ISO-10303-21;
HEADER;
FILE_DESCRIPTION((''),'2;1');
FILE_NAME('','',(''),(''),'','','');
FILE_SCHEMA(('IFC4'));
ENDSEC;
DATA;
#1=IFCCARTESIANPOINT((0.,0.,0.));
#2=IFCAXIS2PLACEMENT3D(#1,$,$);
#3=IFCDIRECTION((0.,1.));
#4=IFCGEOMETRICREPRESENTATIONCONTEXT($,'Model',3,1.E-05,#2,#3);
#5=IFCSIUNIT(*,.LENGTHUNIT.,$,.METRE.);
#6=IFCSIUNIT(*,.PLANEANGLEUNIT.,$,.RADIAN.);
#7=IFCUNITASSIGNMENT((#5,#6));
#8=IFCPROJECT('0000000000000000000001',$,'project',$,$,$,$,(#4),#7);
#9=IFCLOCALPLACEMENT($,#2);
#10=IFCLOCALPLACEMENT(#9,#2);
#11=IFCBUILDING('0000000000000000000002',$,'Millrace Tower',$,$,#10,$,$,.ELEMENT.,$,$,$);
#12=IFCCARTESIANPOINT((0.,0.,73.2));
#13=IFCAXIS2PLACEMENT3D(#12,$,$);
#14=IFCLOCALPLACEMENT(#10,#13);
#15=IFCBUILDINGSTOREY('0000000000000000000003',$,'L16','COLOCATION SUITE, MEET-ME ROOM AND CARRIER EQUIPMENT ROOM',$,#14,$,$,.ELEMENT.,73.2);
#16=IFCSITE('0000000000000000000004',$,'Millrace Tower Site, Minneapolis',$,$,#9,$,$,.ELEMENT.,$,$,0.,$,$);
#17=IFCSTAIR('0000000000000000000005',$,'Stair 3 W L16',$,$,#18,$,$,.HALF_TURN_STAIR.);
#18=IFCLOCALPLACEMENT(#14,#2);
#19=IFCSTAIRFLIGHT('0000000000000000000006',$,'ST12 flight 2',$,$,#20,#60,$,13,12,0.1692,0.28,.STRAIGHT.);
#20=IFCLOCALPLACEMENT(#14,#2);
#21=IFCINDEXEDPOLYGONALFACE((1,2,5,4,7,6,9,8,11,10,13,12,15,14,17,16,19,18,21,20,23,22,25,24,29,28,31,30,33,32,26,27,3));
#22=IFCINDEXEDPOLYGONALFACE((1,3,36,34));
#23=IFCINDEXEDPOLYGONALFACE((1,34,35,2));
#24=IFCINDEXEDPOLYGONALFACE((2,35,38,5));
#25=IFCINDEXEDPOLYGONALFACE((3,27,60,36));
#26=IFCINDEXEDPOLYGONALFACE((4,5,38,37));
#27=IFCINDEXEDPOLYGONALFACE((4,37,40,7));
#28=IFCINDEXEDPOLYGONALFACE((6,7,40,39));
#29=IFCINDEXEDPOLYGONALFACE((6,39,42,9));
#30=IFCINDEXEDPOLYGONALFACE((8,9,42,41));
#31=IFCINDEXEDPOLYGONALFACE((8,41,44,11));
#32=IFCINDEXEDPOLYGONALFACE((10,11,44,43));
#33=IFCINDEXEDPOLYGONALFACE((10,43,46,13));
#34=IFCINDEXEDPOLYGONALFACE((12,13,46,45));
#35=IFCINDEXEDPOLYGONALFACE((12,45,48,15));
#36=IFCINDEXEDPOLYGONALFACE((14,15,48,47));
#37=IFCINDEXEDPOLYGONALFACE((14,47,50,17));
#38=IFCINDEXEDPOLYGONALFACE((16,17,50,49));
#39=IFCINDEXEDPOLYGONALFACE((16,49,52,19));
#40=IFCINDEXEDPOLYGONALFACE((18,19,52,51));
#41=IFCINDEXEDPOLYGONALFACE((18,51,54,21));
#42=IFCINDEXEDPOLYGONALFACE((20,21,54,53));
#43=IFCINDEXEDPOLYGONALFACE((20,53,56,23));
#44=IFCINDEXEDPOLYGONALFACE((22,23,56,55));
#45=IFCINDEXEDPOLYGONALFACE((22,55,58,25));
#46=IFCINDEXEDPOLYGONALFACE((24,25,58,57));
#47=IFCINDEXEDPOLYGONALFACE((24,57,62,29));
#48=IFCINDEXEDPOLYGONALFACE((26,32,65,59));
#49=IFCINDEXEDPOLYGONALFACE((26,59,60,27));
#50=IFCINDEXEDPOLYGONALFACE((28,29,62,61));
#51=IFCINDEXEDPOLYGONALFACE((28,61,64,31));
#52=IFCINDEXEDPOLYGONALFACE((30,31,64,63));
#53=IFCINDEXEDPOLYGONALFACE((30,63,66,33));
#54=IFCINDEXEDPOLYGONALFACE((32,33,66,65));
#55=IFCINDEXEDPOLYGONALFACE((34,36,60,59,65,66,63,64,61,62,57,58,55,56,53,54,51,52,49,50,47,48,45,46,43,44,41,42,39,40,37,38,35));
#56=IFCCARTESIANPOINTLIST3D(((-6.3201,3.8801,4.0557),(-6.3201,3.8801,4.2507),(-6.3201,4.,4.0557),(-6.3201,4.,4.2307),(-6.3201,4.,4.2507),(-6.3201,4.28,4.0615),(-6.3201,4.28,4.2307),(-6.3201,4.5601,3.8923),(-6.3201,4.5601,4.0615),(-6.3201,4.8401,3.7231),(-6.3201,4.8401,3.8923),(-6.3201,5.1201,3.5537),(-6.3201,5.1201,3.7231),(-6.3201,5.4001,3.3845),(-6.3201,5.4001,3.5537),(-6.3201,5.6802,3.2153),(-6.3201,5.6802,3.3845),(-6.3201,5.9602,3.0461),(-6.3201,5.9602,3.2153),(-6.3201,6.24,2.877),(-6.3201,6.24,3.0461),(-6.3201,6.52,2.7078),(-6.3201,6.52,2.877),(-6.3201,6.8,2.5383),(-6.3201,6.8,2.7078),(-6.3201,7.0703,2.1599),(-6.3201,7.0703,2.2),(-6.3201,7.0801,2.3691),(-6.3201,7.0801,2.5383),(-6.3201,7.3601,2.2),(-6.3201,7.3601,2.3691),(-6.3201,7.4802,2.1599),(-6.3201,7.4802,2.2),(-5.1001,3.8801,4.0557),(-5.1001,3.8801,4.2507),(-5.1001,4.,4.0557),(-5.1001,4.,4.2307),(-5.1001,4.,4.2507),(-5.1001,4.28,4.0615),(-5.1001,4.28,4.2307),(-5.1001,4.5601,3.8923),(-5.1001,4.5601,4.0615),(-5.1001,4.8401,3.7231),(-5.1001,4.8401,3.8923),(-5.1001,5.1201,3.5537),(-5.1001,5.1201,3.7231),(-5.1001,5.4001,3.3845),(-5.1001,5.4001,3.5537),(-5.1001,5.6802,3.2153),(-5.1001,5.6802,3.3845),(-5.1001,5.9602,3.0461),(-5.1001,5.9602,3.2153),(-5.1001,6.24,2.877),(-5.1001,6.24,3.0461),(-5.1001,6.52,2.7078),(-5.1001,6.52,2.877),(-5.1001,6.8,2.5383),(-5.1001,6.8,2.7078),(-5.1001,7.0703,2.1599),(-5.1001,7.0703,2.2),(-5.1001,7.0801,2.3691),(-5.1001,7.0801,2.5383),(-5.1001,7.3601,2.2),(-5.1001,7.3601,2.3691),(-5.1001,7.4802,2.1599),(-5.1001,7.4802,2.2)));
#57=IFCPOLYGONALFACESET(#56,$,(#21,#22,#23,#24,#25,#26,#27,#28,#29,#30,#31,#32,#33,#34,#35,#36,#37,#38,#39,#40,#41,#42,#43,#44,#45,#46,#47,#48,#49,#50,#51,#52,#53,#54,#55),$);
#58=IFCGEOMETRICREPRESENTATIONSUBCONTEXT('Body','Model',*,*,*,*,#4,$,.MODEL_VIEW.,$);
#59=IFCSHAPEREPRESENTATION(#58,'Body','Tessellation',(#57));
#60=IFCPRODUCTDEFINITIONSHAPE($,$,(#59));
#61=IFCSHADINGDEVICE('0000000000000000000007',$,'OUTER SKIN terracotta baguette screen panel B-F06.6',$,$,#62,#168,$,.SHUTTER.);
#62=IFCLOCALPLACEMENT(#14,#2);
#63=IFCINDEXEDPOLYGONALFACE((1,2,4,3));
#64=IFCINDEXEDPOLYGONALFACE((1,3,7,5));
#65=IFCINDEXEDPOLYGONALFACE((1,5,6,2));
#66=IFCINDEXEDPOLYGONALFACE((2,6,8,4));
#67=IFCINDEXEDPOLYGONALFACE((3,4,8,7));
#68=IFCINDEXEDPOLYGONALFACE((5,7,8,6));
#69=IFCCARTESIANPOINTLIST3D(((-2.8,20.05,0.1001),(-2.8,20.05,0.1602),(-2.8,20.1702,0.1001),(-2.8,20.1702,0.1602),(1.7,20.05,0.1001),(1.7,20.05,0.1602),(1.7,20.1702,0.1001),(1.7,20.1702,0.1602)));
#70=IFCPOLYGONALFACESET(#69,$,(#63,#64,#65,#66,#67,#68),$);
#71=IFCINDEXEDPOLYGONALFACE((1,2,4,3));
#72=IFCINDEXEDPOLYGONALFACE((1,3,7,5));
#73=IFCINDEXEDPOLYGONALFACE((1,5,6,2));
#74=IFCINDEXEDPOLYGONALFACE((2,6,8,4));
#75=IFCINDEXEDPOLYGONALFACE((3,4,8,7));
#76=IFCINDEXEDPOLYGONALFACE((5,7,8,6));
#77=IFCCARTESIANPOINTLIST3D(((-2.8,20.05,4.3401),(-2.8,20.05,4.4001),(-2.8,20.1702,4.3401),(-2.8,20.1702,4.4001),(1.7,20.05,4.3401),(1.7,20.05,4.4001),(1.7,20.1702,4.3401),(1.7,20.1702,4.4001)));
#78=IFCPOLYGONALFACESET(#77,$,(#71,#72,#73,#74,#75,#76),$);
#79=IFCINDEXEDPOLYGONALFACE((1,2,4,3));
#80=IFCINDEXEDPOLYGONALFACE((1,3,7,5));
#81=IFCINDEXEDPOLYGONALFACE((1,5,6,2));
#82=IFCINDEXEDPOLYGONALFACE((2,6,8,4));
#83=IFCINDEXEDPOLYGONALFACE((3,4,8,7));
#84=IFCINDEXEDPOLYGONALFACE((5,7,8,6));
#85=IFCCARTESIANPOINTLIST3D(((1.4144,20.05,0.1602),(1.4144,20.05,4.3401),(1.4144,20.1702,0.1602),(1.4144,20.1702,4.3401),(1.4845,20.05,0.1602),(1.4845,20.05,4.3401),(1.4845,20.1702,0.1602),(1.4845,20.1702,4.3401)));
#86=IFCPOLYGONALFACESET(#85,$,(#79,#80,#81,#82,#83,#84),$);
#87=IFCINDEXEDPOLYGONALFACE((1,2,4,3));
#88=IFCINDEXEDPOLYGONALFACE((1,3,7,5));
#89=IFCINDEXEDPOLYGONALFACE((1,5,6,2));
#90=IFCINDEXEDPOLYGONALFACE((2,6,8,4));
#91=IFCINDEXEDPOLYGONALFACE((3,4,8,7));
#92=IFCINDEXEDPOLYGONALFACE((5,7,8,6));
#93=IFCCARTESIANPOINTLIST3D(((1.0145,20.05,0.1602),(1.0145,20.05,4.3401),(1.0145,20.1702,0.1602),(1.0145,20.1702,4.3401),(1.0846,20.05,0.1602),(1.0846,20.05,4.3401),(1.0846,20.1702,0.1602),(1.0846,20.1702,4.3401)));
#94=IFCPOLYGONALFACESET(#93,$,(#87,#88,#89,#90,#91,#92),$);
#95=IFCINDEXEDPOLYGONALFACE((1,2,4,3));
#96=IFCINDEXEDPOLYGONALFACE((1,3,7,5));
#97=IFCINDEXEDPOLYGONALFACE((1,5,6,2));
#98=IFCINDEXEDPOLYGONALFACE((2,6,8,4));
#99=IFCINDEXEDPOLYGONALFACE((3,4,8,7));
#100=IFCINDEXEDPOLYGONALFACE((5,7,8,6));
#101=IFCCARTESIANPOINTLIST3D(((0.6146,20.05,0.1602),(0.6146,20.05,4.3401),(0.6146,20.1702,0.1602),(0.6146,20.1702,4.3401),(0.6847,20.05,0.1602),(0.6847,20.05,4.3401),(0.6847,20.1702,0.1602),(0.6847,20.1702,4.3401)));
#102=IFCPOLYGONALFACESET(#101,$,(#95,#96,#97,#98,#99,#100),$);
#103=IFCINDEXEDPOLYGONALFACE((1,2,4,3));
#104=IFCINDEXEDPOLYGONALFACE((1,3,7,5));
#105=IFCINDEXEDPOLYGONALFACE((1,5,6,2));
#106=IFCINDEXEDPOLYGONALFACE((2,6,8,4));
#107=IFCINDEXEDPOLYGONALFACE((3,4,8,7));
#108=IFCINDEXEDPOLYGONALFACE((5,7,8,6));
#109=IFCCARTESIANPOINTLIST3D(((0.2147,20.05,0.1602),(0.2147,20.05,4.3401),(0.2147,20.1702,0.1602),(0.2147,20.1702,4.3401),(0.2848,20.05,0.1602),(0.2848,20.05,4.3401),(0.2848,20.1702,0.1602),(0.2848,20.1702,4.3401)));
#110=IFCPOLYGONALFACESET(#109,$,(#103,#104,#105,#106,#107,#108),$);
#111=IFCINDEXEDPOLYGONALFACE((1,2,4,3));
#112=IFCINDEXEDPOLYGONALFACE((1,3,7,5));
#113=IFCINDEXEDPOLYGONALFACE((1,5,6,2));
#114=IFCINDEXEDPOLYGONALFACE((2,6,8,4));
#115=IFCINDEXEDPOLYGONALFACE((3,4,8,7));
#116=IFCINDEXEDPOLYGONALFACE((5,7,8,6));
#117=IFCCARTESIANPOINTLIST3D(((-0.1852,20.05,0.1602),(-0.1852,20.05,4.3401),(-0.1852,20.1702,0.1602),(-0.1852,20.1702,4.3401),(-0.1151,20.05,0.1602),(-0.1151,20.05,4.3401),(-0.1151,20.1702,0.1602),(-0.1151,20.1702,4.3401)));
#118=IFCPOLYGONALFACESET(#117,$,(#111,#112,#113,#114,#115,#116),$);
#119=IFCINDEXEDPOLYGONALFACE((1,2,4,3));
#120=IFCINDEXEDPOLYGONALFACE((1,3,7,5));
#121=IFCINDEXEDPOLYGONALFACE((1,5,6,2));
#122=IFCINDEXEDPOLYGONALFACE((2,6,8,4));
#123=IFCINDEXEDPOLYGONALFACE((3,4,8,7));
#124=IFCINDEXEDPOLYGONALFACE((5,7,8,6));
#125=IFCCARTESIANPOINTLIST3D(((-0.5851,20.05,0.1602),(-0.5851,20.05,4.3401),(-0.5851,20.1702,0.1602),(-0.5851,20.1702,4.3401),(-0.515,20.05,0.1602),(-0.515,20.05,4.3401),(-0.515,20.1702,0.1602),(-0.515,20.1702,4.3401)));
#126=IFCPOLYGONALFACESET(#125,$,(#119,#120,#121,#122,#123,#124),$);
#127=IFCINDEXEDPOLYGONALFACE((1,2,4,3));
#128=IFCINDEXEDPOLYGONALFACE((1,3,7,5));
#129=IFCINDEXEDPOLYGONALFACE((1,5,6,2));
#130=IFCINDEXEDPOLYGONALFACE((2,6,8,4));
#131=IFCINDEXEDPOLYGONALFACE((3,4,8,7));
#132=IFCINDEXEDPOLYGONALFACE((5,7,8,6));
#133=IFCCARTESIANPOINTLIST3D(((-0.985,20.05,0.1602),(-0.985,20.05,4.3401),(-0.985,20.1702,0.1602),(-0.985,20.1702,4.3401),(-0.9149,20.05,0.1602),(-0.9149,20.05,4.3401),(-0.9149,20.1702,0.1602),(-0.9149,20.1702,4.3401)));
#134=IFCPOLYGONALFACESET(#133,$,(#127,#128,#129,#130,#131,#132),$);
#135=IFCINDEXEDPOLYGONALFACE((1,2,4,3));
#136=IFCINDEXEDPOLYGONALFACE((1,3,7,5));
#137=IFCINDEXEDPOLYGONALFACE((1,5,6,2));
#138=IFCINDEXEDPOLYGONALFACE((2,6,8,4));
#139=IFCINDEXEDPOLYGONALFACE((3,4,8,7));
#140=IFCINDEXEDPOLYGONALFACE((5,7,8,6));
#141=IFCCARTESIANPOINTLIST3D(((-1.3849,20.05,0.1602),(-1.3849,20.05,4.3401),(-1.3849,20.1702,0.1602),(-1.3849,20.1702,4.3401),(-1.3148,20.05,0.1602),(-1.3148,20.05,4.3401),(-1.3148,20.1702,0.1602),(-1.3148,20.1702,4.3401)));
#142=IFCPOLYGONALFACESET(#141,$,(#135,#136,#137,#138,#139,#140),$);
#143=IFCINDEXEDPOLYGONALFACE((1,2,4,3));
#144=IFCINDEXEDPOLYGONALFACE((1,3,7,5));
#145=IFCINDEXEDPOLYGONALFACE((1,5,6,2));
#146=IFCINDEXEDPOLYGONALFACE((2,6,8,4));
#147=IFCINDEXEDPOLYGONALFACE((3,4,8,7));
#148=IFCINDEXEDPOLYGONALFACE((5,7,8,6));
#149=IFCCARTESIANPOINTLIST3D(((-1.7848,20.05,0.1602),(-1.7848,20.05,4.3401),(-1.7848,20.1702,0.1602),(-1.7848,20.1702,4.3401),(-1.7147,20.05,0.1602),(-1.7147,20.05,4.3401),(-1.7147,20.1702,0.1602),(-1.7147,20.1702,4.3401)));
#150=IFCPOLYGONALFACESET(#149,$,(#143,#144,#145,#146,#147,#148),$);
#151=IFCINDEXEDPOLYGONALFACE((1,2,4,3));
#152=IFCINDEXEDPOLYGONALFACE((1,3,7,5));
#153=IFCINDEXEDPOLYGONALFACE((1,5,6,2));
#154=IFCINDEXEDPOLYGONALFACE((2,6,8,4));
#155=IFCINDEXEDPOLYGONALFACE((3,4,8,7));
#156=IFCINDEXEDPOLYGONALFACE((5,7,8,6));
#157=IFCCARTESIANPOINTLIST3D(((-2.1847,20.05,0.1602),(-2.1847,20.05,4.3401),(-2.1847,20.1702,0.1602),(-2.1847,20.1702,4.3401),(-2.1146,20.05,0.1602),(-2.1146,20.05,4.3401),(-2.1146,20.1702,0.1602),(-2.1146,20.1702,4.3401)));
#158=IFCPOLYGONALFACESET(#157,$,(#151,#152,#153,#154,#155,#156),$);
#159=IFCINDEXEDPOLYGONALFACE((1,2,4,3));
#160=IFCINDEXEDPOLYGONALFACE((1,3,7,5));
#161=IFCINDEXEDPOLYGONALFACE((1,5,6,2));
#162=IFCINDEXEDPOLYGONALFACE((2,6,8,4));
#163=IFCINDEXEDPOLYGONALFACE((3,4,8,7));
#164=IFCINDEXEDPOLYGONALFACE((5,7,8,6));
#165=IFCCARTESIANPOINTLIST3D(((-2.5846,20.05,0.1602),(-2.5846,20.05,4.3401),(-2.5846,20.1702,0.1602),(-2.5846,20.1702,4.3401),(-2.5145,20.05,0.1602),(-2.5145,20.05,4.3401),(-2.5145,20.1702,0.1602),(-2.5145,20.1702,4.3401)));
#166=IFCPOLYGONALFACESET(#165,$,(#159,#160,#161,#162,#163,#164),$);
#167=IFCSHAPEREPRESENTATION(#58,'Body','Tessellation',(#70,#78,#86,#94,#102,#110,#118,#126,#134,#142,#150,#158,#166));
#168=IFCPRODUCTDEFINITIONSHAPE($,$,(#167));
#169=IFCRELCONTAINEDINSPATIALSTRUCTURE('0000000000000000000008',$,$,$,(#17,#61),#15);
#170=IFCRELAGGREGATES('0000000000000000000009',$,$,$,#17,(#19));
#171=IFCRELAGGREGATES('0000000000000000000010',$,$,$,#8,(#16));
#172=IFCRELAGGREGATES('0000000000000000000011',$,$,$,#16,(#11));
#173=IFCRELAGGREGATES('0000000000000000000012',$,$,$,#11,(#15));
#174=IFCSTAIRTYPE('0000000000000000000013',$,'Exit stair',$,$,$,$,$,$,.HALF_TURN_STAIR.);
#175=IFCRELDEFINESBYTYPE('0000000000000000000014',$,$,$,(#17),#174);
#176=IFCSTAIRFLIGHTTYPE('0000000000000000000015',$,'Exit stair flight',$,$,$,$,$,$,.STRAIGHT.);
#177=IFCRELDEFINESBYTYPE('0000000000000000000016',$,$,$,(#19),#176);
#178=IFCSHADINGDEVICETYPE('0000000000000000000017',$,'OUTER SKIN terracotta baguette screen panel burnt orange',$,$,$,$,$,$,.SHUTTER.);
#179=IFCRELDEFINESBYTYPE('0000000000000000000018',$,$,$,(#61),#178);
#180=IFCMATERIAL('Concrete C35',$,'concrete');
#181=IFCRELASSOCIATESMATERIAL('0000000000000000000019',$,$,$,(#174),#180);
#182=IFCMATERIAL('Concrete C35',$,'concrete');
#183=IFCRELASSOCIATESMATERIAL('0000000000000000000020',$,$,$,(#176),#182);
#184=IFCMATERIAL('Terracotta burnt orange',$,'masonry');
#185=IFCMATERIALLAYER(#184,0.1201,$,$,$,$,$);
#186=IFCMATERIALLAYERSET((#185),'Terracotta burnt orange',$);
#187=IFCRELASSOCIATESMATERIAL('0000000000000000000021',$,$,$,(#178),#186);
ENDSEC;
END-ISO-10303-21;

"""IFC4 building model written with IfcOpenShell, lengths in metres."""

from ifc_helpers import new_model, entity, si_unit, direction, frame, frame_2d, origin, origin_2d, place, context, subcontext, project, spatial, polyline, rectangle, outline, extrude, source, transform, mapped, material, layer, layer_set, type_object, element, aggregate, save


model = new_model("IFC4")

# Units and contexts
model_context = context("Model", 3, precision=1e-05, world=origin(), true_north=direction((0.0, 1.0)))
body_context = subcontext(model_context, "Body", "Model", "MODEL_VIEW")
ifc_project = project(units=[si_unit("LENGTHUNIT", "METRE"), si_unit("PLANEANGLEUNIT", "RADIAN")], contexts=[model_context])

# Site, building, storey
site_placement = place(None, origin())
site = spatial("IfcSite", under=ifc_project, at=site_placement, Name="Millrace Tower Site, Minneapolis", CompositionType="ELEMENT", RefElevation=0.0)
building_placement = place(site_placement, origin())
building = spatial("IfcBuilding", under=site, at=building_placement, Name="Millrace Tower", CompositionType="ELEMENT")
storey_placement = place(building_placement, frame((0.0, 0.0, 73.2)))
storey = spatial("IfcBuildingStorey", under=building, at=storey_placement, Name="L16", Description="COLOCATION SUITE, MEET-ME ROOM AND CARRIER EQUIPMENT ROOM", CompositionType="ELEMENT", Elevation=73.2)

# Shared definitions
placement = place(storey_placement, origin())

# Shared definitions
ifc_material_1 = material(Name="Concrete C35", Category="concrete")
stair_type = type_object("IfcStairType", Name="Exit stair", PredefinedType="HALF_TURN_STAIR", material=ifc_material_1)
ifc_material_2 = material(Name="Concrete C35", Category="concrete")
stair_flight_type = type_object("IfcStairFlightType", Name="Exit stair flight", PredefinedType="STRAIGHT", material=ifc_material_2)

# Stair, stair flight
stair_1 = element("IfcStair", 1, at=placement, inside=storey, type_object=stair_type, Name="Stair 3 W L16", PredefinedType="HALF_TURN_STAIR")
stair_flight_1_placement = place(storey_placement, frame((-5.71, 7.3601, 2.2), z_axis=(0.0, 0.0, 1.0), x_axis=(0.0, -1.0, 0.0)))
stair_flight_1 = element("IfcStairFlight", 2, at=stair_flight_1_placement, type_object=stair_flight_type, Name="ST12 flight 2", NumberOfRisers=13, NumberOfTreads=12, PredefinedType="STRAIGHT", RiserHeight=0.1692, TreadLength=0.28, context=body_context, shape_type="SweptSolid", body=[
    extrude(outline(polyline([(-0.1201, -0.04), (-0.1201, 0.0), (0.0, 0.0), (0.0, 0.1692), (0.28, 0.1692), (0.28, 0.3384), (0.5601, 0.3384), (0.5601, 0.5078), (0.8401, 0.5078), (0.8401, 0.677), (1.1201, 0.677), (1.1201, 0.8462), (1.3999, 0.8462), (1.3999, 1.0154), (1.6799, 1.0154), (1.6799, 1.1846), (1.96, 1.1846), (1.96, 1.3538), (2.24, 1.3538), (2.24, 1.5232), (2.52, 1.5232), (2.52, 1.6924), (2.8, 1.6924), (2.8, 1.8616), (3.0801, 1.8616), (3.0801, 2.0308), (3.3601, 2.0308), (3.3601, 2.0508), (3.48, 2.0508), (3.48, 1.8557), (3.3601, 1.8557), (0.2898, 0.0), (0.2898, -0.04), (-0.1201, -0.04)])), frame((0.0, 0.6099, 0.0), z_axis=(0.0, -1.0, 0.0), x_axis=(1.0, 0.0, 0.0)), (0.0, 0.0, 1.0), 1.22),
])
aggregate(stair_1, [stair_flight_1])

# Shading device
ifc_material_3 = material(Name="Terracotta burnt orange", Category="masonry")
ifc_layer_1 = layer(ifc_material_3, 0.1201)
ifc_layer_set_1 = layer_set([ifc_layer_1], Name="Terracotta burnt orange")
shading_device_type = type_object("IfcShadingDeviceType", Name="OUTER SKIN terracotta baguette screen panel burnt orange", PredefinedType="SHUTTER", material=ifc_layer_set_1)
cartesian_point = entity("IfcCartesianPoint", [-2.25, 0.0601])
shared_polyline = entity("IfcPolyline", [cartesian_point, entity("IfcCartesianPoint", [2.25, 0.0601]), entity("IfcCartesianPoint", [2.25, -0.0601]), entity("IfcCartesianPoint", [-2.25, -0.0601]), cartesian_point])
shared_shape = source(origin(), body_context, "Body", "SweptSolid", [
    entity("IfcExtrudedAreaSolid", entity("IfcArbitraryClosedProfileDef", "AREA", None, shared_polyline), entity("IfcAxis2Placement3D", entity("IfcCartesianPoint", [0.0, 0.0, 0.0])), entity("IfcDirection", [0.0, 0.0, 1.0]), 0.0601),
    entity("IfcExtrudedAreaSolid", entity("IfcArbitraryClosedProfileDef", "AREA", None, shared_polyline), entity("IfcAxis2Placement3D", entity("IfcCartesianPoint", [0.0, 0.0, 4.24])), entity("IfcDirection", [0.0, 0.0, 1.0]), 0.0601),
    extrude(rectangle(XDim=0.0701, YDim=0.1201, at=frame_2d((-1.9995, 0.0))), frame((0.0, 0.0, 0.0601)), (0.0, 0.0, 1.0), 4.1799),
    extrude(rectangle(XDim=0.0701, YDim=0.1201, at=frame_2d((-1.5996, 0.0))), frame((0.0, 0.0, 0.0601)), (0.0, 0.0, 1.0), 4.1799),
    extrude(rectangle(XDim=0.0701, YDim=0.1201, at=frame_2d((-1.1997, 0.0))), frame((0.0, 0.0, 0.0601)), (0.0, 0.0, 1.0), 4.1799),
    extrude(rectangle(XDim=0.0701, YDim=0.1201, at=frame_2d((-0.7998, 0.0))), frame((0.0, 0.0, 0.0601)), (0.0, 0.0, 1.0), 4.1799),
    extrude(rectangle(XDim=0.0701, YDim=0.1201, at=frame_2d((-0.3999, 0.0))), frame((0.0, 0.0, 0.0601)), (0.0, 0.0, 1.0), 4.1799),
    extrude(rectangle(XDim=0.0701, YDim=0.1201, at=origin_2d()), frame((0.0, 0.0, 0.0601)), (0.0, 0.0, 1.0), 4.1799),
    extrude(rectangle(XDim=0.0701, YDim=0.1201, at=frame_2d((0.3999, 0.0))), frame((0.0, 0.0, 0.0601)), (0.0, 0.0, 1.0), 4.1799),
    extrude(rectangle(XDim=0.0701, YDim=0.1201, at=frame_2d((0.7998, 0.0))), frame((0.0, 0.0, 0.0601)), (0.0, 0.0, 1.0), 4.1799),
    extrude(rectangle(XDim=0.0701, YDim=0.1201, at=frame_2d((1.1997, 0.0))), frame((0.0, 0.0, 0.0601)), (0.0, 0.0, 1.0), 4.1799),
    extrude(rectangle(XDim=0.0701, YDim=0.1201, at=frame_2d((1.5996, 0.0))), frame((0.0, 0.0, 0.0601)), (0.0, 0.0, 1.0), 4.1799),
    extrude(rectangle(XDim=0.0701, YDim=0.1201, at=frame_2d((1.9995, 0.0))), frame((0.0, 0.0, 0.0601)), (0.0, 0.0, 1.0), 4.1799),
])
for number, where, z_axis, x_axis, name in (
    (3, (-0.55, 20.1101, 0.1001), (0.0, 0.0, 1.0), (-1.0, 0.0, 0.0), "OUTER SKIN terracotta baguette screen panel B-F06.6"),
):
    element("IfcShadingDevice", number, at=place(storey_placement, frame(where, z_axis=z_axis, x_axis=x_axis)), inside=storey, type_object=shading_device_type, Name=name, PredefinedType="SHUTTER", context=body_context, shape_type="MappedRepresentation", body=[
        mapped(shared_shape, transform((0.0, 0.0, 0.0), scale=1.0)),
    ])

save(model, "model.ifc")
